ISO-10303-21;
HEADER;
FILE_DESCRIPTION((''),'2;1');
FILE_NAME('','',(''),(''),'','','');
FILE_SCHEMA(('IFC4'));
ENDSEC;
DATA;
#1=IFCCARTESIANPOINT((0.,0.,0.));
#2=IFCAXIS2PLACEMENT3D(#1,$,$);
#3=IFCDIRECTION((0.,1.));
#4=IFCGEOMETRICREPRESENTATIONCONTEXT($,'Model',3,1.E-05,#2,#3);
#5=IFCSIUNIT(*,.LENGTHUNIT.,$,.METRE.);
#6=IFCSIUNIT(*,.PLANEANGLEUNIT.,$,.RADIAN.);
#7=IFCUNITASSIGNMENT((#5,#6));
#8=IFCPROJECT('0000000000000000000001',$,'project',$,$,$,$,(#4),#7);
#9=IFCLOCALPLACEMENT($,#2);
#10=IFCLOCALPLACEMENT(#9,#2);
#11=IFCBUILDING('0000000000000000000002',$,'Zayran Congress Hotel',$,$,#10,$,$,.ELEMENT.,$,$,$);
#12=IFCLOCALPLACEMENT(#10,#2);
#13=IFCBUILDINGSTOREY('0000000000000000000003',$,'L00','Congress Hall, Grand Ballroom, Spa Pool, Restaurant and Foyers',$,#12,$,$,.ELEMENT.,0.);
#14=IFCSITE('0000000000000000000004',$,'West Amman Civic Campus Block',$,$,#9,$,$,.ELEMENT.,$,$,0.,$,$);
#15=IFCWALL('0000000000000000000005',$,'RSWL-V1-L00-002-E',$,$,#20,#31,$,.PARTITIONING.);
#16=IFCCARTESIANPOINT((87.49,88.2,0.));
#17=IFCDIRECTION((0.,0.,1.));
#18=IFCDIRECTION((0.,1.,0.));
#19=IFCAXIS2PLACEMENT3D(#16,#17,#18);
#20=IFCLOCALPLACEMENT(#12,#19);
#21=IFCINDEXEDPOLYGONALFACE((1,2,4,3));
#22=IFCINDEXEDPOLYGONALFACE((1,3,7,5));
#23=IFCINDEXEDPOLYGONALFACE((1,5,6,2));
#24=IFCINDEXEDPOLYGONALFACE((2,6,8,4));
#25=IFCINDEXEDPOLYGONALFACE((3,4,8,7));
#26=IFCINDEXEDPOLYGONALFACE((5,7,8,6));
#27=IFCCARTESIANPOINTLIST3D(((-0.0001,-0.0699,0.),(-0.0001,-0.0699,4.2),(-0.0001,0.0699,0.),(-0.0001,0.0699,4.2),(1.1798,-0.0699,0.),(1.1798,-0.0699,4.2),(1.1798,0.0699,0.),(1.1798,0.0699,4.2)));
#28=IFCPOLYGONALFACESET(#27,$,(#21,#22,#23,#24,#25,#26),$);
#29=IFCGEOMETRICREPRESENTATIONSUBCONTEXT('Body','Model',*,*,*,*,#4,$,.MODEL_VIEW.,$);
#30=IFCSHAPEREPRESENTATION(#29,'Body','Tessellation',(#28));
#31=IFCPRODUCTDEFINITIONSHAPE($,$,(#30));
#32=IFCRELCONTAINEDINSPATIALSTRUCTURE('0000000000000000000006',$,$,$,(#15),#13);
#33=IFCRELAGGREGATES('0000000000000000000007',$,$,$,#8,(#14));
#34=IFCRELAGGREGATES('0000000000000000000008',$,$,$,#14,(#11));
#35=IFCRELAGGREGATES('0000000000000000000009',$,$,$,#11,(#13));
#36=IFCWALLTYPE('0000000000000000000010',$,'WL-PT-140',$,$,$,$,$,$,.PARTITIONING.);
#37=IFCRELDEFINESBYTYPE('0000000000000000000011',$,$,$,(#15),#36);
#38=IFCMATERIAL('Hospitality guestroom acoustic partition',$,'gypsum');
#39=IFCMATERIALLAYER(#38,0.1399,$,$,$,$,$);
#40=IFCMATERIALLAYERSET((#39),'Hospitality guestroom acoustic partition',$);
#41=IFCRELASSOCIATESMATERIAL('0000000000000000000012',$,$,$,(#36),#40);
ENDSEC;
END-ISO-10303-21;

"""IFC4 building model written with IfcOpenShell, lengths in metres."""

from ifc_helpers import new_model, si_unit, direction, frame, frame_2d, origin, place, context, subcontext, project, spatial, rectangle, extrude, material, layer, layer_set, type_object, element, save


model = new_model("IFC4")

# Units and contexts
model_context = context("Model", 3, precision=1e-05, world=origin(), true_north=direction((0.0, 1.0)))
body_context = subcontext(model_context, "Body", "Model", "MODEL_VIEW")
ifc_project = project(units=[si_unit("LENGTHUNIT", "METRE"), si_unit("PLANEANGLEUNIT", "RADIAN")], contexts=[model_context])

# Site, building, storey
site_placement = place(None, origin())
site = spatial("IfcSite", under=ifc_project, at=site_placement, Name="West Amman Civic Campus Block", CompositionType="ELEMENT", RefElevation=0.0)
building_placement = place(site_placement, origin())
building = spatial("IfcBuilding", under=site, at=building_placement, Name="Zayran Congress Hotel", CompositionType="ELEMENT")
storey_placement = place(building_placement, origin())
storey = spatial("IfcBuildingStorey", under=building, at=storey_placement, Name="L00", Description="Congress Hall, Grand Ballroom, Spa Pool, Restaurant and Foyers", CompositionType="ELEMENT", Elevation=0.0)

# Wall
ifc_material_1 = material(Name="Hospitality guestroom acoustic partition", Category="gypsum")
ifc_layer_1 = layer(ifc_material_1, 0.1399)
ifc_layer_set_1 = layer_set([ifc_layer_1], Name="Hospitality guestroom acoustic partition")
wall_type_1 = type_object("IfcWallType", Name="WL-PT-140", PredefinedType="PARTITIONING", material=ifc_layer_set_1)
for number, where, z_axis, x_axis, name in (
    (1, (87.49, 88.2, 0.0), (0.0, 0.0, 1.0), (0.0, 1.0, 0.0), "RSWL-V1-L00-002-E"),
):
    element("IfcWall", number, at=place(storey_placement, frame(where, z_axis=z_axis, x_axis=x_axis)), inside=storey, type_object=wall_type_1, Name=name, PredefinedType="PARTITIONING", context=body_context, shape_type="SweptSolid", body=[
        extrude(rectangle(XDim=1.1799, YDim=0.1399, at=frame_2d((0.5898, 0.0))), origin(), (0.0, 0.0, 1.0), 4.2),
    ])

save(model, "model.ifc")
